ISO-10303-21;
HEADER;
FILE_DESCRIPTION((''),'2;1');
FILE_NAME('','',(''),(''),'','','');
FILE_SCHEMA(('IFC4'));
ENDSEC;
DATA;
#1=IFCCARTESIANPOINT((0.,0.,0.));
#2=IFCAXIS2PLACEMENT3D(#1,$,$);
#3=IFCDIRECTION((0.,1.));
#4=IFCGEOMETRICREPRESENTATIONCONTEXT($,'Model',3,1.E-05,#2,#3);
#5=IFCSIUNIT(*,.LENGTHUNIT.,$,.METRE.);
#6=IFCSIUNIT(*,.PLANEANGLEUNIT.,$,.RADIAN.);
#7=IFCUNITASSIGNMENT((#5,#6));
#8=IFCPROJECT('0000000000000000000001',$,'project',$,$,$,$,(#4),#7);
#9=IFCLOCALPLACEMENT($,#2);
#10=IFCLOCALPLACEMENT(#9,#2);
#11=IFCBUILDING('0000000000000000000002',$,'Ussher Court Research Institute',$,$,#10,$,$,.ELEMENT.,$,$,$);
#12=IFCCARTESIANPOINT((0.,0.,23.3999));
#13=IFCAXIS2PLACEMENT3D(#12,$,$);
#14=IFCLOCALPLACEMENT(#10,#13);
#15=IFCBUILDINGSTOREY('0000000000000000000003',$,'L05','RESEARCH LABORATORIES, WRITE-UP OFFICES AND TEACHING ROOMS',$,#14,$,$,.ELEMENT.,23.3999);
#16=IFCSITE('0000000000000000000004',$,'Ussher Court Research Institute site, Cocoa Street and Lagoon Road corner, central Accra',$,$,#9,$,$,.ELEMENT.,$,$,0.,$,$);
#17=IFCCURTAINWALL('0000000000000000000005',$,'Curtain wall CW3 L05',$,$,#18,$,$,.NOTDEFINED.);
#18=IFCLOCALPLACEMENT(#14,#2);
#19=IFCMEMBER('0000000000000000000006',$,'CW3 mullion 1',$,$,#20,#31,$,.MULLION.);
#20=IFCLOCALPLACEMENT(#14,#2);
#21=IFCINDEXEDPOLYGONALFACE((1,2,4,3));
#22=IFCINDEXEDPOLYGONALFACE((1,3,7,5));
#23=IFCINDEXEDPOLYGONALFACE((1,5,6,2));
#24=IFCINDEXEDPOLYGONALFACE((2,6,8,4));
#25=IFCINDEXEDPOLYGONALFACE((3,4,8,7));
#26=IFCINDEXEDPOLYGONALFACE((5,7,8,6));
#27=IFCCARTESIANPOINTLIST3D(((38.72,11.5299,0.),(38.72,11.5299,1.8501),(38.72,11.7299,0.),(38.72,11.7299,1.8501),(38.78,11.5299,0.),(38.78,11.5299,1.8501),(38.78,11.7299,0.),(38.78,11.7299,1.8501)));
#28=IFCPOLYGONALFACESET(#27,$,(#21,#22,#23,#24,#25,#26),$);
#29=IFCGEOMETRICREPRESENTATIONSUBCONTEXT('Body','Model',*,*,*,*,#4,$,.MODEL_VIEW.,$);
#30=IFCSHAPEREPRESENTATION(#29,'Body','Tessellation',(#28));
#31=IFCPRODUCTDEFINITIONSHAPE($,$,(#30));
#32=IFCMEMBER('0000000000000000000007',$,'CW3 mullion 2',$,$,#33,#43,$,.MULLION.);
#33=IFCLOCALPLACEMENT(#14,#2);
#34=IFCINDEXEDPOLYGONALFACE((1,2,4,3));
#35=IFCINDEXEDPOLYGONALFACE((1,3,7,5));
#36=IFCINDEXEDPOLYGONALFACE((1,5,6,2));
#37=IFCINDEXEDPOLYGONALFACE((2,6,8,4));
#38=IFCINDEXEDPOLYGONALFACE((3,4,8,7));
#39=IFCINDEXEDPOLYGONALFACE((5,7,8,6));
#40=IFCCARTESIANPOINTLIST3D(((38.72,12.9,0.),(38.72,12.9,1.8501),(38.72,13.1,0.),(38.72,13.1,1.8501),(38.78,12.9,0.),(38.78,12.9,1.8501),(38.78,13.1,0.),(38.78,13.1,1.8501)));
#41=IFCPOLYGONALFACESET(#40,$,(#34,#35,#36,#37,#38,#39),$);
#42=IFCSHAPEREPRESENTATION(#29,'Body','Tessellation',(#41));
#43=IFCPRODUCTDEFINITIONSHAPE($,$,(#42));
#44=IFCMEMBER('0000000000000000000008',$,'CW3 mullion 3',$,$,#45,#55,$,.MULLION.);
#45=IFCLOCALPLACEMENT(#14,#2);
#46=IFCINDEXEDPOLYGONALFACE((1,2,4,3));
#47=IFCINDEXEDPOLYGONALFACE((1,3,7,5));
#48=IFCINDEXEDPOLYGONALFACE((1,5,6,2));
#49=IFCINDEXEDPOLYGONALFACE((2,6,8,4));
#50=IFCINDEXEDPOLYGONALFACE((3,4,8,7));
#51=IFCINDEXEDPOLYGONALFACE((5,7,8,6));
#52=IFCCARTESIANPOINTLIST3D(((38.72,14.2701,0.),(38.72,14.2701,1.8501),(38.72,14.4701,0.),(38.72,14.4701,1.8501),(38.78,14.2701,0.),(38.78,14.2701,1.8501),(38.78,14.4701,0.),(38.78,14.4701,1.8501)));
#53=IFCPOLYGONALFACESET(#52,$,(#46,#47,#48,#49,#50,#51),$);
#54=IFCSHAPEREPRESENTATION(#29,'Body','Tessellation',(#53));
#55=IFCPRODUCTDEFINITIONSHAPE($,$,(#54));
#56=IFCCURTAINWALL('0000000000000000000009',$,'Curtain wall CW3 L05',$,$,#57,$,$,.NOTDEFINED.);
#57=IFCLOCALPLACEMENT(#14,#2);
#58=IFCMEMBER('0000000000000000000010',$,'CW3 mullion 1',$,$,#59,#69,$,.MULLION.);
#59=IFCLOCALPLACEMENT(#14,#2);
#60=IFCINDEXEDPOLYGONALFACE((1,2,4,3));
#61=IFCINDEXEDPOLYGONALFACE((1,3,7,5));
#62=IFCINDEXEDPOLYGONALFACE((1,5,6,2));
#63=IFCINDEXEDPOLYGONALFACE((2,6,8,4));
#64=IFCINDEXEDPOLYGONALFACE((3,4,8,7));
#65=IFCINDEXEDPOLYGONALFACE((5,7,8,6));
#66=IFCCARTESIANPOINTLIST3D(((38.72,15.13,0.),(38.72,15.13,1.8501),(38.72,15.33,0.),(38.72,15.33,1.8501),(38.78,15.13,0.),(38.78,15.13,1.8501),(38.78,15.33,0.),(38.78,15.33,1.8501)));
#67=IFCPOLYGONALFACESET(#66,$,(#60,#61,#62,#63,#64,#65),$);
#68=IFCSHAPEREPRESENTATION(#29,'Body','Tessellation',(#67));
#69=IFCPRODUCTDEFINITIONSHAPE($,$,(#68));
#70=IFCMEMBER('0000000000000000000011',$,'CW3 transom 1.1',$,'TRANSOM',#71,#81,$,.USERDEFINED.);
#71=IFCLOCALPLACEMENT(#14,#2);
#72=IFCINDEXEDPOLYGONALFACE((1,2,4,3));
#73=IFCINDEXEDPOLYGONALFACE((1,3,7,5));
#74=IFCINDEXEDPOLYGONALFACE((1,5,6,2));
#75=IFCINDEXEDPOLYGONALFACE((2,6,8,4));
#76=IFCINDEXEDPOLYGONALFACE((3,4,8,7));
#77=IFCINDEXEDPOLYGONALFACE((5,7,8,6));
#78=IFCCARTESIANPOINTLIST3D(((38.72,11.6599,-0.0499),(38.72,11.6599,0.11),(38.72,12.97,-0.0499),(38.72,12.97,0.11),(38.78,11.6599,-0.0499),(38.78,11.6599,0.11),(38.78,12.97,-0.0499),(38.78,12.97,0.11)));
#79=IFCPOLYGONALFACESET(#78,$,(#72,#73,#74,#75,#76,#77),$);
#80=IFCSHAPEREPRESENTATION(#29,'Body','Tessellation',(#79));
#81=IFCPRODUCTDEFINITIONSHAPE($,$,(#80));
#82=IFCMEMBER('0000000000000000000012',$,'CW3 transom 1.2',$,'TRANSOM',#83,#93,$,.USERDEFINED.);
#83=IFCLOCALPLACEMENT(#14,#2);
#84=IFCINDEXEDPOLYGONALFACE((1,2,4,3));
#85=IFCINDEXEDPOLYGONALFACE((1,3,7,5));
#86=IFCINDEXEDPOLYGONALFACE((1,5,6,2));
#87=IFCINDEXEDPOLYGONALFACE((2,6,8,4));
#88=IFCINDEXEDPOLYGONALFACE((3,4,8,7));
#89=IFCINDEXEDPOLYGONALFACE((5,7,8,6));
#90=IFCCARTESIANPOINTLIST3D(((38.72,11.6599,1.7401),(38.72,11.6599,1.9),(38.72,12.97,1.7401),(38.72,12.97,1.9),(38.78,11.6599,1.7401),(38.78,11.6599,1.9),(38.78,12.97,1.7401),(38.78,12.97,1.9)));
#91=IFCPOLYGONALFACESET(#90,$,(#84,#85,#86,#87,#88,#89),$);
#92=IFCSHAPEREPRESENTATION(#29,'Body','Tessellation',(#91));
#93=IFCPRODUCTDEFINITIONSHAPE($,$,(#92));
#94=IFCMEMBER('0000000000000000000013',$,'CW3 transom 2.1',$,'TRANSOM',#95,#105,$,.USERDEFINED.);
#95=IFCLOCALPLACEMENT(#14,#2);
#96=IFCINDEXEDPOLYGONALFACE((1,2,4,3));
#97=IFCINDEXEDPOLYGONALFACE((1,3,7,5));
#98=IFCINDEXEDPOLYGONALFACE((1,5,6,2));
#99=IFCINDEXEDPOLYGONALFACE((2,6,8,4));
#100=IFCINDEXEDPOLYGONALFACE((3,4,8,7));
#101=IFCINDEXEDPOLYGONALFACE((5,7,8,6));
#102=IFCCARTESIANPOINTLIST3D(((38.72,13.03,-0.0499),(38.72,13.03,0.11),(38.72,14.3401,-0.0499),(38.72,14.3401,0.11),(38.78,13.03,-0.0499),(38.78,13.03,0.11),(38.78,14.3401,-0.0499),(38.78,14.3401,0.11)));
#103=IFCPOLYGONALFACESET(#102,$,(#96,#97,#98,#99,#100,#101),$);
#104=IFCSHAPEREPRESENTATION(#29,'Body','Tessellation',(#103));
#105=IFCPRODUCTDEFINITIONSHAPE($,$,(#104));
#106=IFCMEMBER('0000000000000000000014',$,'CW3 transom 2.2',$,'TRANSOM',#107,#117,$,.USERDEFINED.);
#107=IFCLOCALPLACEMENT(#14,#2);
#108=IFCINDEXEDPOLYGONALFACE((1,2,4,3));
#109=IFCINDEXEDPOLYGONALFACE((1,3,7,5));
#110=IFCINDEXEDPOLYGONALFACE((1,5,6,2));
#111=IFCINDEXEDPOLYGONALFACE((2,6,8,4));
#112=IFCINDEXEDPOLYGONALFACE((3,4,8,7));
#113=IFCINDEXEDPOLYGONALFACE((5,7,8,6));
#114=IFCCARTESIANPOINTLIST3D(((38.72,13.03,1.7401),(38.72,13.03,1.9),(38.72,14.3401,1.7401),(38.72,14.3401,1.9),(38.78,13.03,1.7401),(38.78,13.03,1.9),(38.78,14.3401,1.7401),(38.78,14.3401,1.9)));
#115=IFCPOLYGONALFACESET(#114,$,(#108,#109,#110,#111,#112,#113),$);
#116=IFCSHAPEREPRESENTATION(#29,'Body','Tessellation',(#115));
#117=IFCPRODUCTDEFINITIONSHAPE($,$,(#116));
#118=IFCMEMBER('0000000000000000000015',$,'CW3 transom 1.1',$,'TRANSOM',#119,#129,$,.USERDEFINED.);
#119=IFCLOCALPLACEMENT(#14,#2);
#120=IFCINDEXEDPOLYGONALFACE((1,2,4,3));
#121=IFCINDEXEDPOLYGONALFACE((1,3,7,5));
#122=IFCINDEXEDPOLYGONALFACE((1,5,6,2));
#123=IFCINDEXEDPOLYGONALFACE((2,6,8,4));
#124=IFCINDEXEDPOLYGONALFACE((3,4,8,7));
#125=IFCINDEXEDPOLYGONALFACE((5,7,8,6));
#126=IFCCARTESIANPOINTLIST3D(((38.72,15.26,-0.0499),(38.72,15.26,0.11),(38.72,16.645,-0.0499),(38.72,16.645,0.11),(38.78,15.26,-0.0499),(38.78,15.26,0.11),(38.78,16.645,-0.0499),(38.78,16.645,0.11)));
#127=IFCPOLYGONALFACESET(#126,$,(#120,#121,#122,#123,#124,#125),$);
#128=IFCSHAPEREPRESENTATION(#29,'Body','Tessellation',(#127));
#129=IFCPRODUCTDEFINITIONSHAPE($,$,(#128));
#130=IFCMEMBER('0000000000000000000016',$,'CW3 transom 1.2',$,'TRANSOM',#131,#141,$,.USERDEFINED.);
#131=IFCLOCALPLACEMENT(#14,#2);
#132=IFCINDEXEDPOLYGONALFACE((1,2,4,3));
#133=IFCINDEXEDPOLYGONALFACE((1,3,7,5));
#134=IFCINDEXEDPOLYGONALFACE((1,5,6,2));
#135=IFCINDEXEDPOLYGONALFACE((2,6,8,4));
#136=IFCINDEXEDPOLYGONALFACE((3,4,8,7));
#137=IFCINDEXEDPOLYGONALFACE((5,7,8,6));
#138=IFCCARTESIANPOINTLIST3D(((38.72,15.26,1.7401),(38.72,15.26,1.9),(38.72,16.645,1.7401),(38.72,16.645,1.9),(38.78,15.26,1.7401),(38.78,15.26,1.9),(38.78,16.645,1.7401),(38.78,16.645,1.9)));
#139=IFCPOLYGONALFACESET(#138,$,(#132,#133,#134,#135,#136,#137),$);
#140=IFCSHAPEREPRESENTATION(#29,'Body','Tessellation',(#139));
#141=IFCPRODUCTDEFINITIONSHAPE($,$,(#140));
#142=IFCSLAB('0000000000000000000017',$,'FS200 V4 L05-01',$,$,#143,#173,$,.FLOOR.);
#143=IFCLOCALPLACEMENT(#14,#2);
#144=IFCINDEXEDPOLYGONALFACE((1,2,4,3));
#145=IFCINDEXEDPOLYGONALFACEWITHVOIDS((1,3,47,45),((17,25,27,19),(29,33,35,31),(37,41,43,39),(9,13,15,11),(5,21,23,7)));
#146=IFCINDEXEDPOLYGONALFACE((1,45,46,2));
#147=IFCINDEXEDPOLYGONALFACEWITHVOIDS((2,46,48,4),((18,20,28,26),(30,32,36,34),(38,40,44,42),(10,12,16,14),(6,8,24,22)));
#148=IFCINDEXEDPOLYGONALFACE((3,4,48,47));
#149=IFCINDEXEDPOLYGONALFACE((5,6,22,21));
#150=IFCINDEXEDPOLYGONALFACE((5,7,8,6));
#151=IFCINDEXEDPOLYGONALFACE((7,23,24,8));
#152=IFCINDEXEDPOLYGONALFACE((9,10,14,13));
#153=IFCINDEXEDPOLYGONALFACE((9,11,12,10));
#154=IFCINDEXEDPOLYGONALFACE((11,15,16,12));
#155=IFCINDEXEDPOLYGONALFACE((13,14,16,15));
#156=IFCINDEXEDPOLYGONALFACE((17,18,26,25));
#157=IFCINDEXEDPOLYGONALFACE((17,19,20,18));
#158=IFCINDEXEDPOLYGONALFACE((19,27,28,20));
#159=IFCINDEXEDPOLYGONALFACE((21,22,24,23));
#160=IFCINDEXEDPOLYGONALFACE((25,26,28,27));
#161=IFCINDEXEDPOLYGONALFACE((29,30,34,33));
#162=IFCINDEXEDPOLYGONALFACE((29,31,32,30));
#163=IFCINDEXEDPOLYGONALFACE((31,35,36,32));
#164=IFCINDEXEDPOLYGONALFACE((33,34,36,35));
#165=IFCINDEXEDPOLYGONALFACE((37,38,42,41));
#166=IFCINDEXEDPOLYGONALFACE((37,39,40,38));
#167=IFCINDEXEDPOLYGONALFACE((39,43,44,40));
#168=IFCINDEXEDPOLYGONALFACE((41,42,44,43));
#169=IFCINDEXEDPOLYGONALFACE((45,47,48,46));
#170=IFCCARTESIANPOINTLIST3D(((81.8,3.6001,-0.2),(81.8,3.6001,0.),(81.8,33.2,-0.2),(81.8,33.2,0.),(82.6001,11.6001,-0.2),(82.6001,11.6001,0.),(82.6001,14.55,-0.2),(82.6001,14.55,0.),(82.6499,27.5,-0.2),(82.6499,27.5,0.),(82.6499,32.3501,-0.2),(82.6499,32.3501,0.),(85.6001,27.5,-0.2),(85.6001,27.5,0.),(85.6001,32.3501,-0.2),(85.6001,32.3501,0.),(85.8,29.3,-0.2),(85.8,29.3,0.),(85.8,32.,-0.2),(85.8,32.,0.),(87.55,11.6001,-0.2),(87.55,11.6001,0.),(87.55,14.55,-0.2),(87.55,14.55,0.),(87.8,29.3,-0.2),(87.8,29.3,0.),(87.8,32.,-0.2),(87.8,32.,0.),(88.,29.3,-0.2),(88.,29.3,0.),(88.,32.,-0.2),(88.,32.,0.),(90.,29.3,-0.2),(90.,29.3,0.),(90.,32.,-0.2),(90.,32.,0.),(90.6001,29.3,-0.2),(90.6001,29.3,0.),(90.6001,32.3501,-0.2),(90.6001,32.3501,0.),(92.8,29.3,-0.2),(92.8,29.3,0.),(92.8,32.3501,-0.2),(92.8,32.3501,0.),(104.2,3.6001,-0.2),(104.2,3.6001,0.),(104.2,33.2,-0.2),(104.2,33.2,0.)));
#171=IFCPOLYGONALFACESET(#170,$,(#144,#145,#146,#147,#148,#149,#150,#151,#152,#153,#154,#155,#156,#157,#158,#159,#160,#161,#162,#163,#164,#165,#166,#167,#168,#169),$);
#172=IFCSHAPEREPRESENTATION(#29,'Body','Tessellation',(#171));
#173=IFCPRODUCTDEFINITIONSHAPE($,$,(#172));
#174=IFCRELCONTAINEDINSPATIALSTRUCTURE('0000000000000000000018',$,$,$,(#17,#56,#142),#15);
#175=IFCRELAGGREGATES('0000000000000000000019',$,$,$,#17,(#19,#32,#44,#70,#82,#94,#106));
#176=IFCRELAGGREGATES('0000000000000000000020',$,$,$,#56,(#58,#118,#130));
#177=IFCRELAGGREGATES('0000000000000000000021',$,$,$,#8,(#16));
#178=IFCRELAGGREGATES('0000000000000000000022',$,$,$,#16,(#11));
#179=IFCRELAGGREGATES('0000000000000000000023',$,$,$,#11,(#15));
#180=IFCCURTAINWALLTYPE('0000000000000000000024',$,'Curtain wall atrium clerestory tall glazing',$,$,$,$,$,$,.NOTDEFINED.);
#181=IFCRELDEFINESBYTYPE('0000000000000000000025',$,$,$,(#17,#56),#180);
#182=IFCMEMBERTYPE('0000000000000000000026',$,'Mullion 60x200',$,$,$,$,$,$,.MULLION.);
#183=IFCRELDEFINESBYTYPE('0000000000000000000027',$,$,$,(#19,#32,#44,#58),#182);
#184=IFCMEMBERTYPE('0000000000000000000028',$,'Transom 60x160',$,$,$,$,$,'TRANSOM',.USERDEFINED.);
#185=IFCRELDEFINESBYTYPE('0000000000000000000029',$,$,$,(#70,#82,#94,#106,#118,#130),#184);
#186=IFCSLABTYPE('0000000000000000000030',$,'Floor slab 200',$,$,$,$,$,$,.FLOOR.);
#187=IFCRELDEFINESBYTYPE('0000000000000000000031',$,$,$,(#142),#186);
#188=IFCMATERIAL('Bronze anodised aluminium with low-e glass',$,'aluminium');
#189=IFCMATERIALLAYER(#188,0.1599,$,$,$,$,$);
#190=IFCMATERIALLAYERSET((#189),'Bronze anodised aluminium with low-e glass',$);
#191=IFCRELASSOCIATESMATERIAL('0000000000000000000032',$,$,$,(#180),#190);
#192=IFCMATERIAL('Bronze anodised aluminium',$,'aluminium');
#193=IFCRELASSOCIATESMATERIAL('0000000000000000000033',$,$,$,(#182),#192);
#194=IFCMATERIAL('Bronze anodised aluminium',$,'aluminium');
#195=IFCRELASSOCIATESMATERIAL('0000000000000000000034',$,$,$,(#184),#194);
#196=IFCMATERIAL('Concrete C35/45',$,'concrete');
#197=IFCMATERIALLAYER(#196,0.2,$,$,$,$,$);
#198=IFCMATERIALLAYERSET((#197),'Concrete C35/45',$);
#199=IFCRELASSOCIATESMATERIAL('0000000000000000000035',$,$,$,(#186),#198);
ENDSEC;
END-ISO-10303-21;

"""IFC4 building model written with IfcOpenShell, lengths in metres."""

from ifc_helpers import new_model, si_unit, direction, frame, origin, origin_2d, place, context, subcontext, project, spatial, polyline, rectangle, outline, extrude, material, layer, layer_set, material_profile, profile_set, type_object, element, aggregate, save


model = new_model("IFC4")

# Units and contexts
model_context = context("Model", 3, precision=1e-05, world=origin(), true_north=direction((0.0, 1.0)))
body_context = subcontext(model_context, "Body", "Model", "MODEL_VIEW")
ifc_project = project(units=[si_unit("LENGTHUNIT", "METRE"), si_unit("PLANEANGLEUNIT", "RADIAN")], contexts=[model_context])

# Site, building, storey
site_placement = place(None, origin())
site = spatial("IfcSite", under=ifc_project, at=site_placement, Name="Ussher Court Research Institute site, Cocoa Street and Lagoon Road corner, central Accra", CompositionType="ELEMENT", RefElevation=0.0)
building_placement = place(site_placement, origin())
building = spatial("IfcBuilding", under=site, at=building_placement, Name="Ussher Court Research Institute", CompositionType="ELEMENT")
storey_placement = place(building_placement, frame((0.0, 0.0, 23.3999)))
storey = spatial("IfcBuildingStorey", under=building, at=storey_placement, Name="L05", Description="RESEARCH LABORATORIES, WRITE-UP OFFICES AND TEACHING ROOMS", CompositionType="ELEMENT", Elevation=23.3999)

# Curtain wall, members
ifc_material_1 = material(Name="Bronze anodised aluminium with low-e glass", Category="aluminium")
ifc_layer_1 = layer(ifc_material_1, 0.1599)
ifc_layer_set_1 = layer_set([ifc_layer_1], Name="Bronze anodised aluminium with low-e glass")
curtain_wall_type = type_object("IfcCurtainWallType", Name="Curtain wall atrium clerestory tall glazing", PredefinedType="NOTDEFINED", material=ifc_layer_set_1)
curtain_wall_1_placement = place(storey_placement, origin())
curtain_wall_1 = element("IfcCurtainWall", 1, at=curtain_wall_1_placement, inside=storey, type_object=curtain_wall_type, Name="Curtain wall CW3 L05", PredefinedType="NOTDEFINED")
ifc_material_2 = material(Name="Bronze anodised aluminium", Category="aluminium")
ifc_material_profile_1 = material_profile(ifc_material_2, rectangle(XDim=0.0601, YDim=0.2, at=origin_2d()), Name="Mullion 60x200")
ifc_profile_set_1 = profile_set([ifc_material_profile_1], Name="Bronze anodised aluminium")
member_type_1 = type_object("IfcMemberType", Name="Mullion 60x200", PredefinedType="MULLION", material=ifc_profile_set_1)
member_1_placement = place(storey_placement, frame((38.75, 11.6299, 0.0), z_axis=(0.0, 0.0, 1.0), x_axis=(-1.0, 0.0, 0.0)))
member_1 = element("IfcMember", 2, at=member_1_placement, type_object=member_type_1, Name="CW3 mullion 1", PredefinedType="MULLION", context=body_context, shape_type="SweptSolid", body=[
    extrude(rectangle(XDim=0.0601, YDim=0.2, at=origin_2d()), origin(), (0.0, 0.0, 1.0), 1.8501),
])
member_2_placement = place(storey_placement, frame((38.75, 13.0, 0.0), z_axis=(0.0, 0.0, 1.0), x_axis=(-1.0, 0.0, 0.0)))
member_2 = element("IfcMember", 3, at=member_2_placement, type_object=member_type_1, Name="CW3 mullion 2", PredefinedType="MULLION", context=body_context, shape_type="SweptSolid", body=[
    extrude(rectangle(XDim=0.0601, YDim=0.2, at=origin_2d()), origin(), (0.0, 0.0, 1.0), 1.8501),
])
member_3_placement = place(storey_placement, frame((38.75, 14.3701, 0.0), z_axis=(0.0, 0.0, 1.0), x_axis=(-1.0, 0.0, 0.0)))
member_3 = element("IfcMember", 4, at=member_3_placement, type_object=member_type_1, Name="CW3 mullion 3", PredefinedType="MULLION", context=body_context, shape_type="SweptSolid", body=[
    extrude(rectangle(XDim=0.0601, YDim=0.2, at=origin_2d()), origin(), (0.0, 0.0, 1.0), 1.8501),
])

# Curtain wall, member
curtain_wall_2_placement = place(storey_placement, origin())
curtain_wall_2 = element("IfcCurtainWall", 5, at=curtain_wall_2_placement, inside=storey, type_object=curtain_wall_type, Name="Curtain wall CW3 L05", PredefinedType="NOTDEFINED")
member_4_placement = place(storey_placement, frame((38.75, 15.23, 0.0), z_axis=(0.0, 0.0, 1.0), x_axis=(-1.0, 0.0, 0.0)))
member_4 = element("IfcMember", 6, at=member_4_placement, type_object=member_type_1, Name="CW3 mullion 1", PredefinedType="MULLION", context=body_context, shape_type="SweptSolid", body=[
    extrude(rectangle(XDim=0.0601, YDim=0.2, at=origin_2d()), origin(), (0.0, 0.0, 1.0), 1.8501),
])

# Members
ifc_material_3 = material(Name="Bronze anodised aluminium", Category="aluminium")
ifc_material_profile_2 = material_profile(ifc_material_3, rectangle(XDim=0.0601, YDim=0.1599, at=origin_2d()), Name="Transom 60x160")
ifc_profile_set_2 = profile_set([ifc_material_profile_2], Name="Bronze anodised aluminium")
member_type_2 = type_object("IfcMemberType", Name="Transom 60x160", ElementType="TRANSOM", PredefinedType="USERDEFINED", material=ifc_profile_set_2)
member_5_placement = place(storey_placement, frame((38.75, 11.6599, 0.03), z_axis=(0.0, 1.0, 0.0), x_axis=(-1.0, 0.0, 0.0)))
member_5 = element("IfcMember", 7, at=member_5_placement, type_object=member_type_2, Name="CW3 transom 1.1", ObjectType="TRANSOM", PredefinedType="USERDEFINED", context=body_context, shape_type="SweptSolid", body=[
    extrude(rectangle(XDim=0.0601, YDim=0.1599, at=origin_2d()), origin(), (0.0, 0.0, 1.0), 1.3101),
])
member_6_placement = place(storey_placement, frame((38.75, 11.6599, 1.8201), z_axis=(0.0, 1.0, 0.0), x_axis=(-1.0, 0.0, 0.0)))
member_6 = element("IfcMember", 8, at=member_6_placement, type_object=member_type_2, Name="CW3 transom 1.2", ObjectType="TRANSOM", PredefinedType="USERDEFINED", context=body_context, shape_type="SweptSolid", body=[
    extrude(rectangle(XDim=0.0601, YDim=0.1599, at=origin_2d()), origin(), (0.0, 0.0, 1.0), 1.3101),
])
member_7_placement = place(storey_placement, frame((38.75, 13.03, 0.03), z_axis=(0.0, 1.0, 0.0), x_axis=(-1.0, 0.0, 0.0)))
member_7 = element("IfcMember", 9, at=member_7_placement, type_object=member_type_2, Name="CW3 transom 2.1", ObjectType="TRANSOM", PredefinedType="USERDEFINED", context=body_context, shape_type="SweptSolid", body=[
    extrude(rectangle(XDim=0.0601, YDim=0.1599, at=origin_2d()), origin(), (0.0, 0.0, 1.0), 1.3101),
])
member_8_placement = place(storey_placement, frame((38.75, 13.03, 1.8201), z_axis=(0.0, 1.0, 0.0), x_axis=(-1.0, 0.0, 0.0)))
member_8 = element("IfcMember", 10, at=member_8_placement, type_object=member_type_2, Name="CW3 transom 2.2", ObjectType="TRANSOM", PredefinedType="USERDEFINED", context=body_context, shape_type="SweptSolid", body=[
    extrude(rectangle(XDim=0.0601, YDim=0.1599, at=origin_2d()), origin(), (0.0, 0.0, 1.0), 1.3101),
])
member_9_placement = place(storey_placement, frame((38.75, 15.26, 0.03), z_axis=(0.0, 1.0, 0.0), x_axis=(-1.0, 0.0, 0.0)))
member_9 = element("IfcMember", 11, at=member_9_placement, type_object=member_type_2, Name="CW3 transom 1.1", ObjectType="TRANSOM", PredefinedType="USERDEFINED", context=body_context, shape_type="SweptSolid", body=[
    extrude(rectangle(XDim=0.0601, YDim=0.1599, at=origin_2d()), origin(), (0.0, 0.0, 1.0), 1.385),
])
member_10_placement = place(storey_placement, frame((38.75, 15.26, 1.8201), z_axis=(0.0, 1.0, 0.0), x_axis=(-1.0, 0.0, 0.0)))
member_10 = element("IfcMember", 12, at=member_10_placement, type_object=member_type_2, Name="CW3 transom 1.2", ObjectType="TRANSOM", PredefinedType="USERDEFINED", context=body_context, shape_type="SweptSolid", body=[
    extrude(rectangle(XDim=0.0601, YDim=0.1599, at=origin_2d()), origin(), (0.0, 0.0, 1.0), 1.385),
])

# Slab
ifc_material_4 = material(Name="Concrete C35/45", Category="concrete")
ifc_layer_2 = layer(ifc_material_4, 0.2)
ifc_layer_set_2 = layer_set([ifc_layer_2], Name="Concrete C35/45")
slab_type_1 = type_object("IfcSlabType", Name="Floor slab 200", PredefinedType="FLOOR", material=ifc_layer_set_2)
slab_1_placement = place(storey_placement, frame((0.0, 0.0, -0.2)))
element("IfcSlab", 13, at=slab_1_placement, inside=storey, type_object=slab_type_1, Name="FS200 V4 L05-01", PredefinedType="FLOOR", context=body_context, shape_type="SweptSolid", body=[
    extrude(outline(polyline([(81.8, 33.2), (81.8, 3.6001), (104.2, 3.6001), (104.2, 33.2), (81.8, 33.2)]), holes=[polyline([(87.55, 14.55), (87.55, 11.6001), (82.6001, 11.6001), (82.6001, 14.55), (87.55, 14.55)]), polyline([(82.6499, 27.5), (82.6499, 32.3501), (85.6001, 32.3501), (85.6001, 27.5), (82.6499, 27.5)]), polyline([(87.8, 29.3), (85.8, 29.3), (85.8, 32.0), (87.8, 32.0), (87.8, 29.3)]), polyline([(90.0, 32.0), (90.0, 29.3), (88.0, 29.3), (88.0, 32.0), (90.0, 32.0)]), polyline([(92.8, 29.3), (90.6001, 29.3), (90.6001, 32.3501), (92.8, 32.3501), (92.8, 29.3)])]), origin(), (0.0, 0.0, 1.0), 0.2),
])

aggregate(curtain_wall_1, [member_1, member_2, member_3, member_5, member_6, member_7, member_8])
aggregate(curtain_wall_2, [member_4, member_9, member_10])

save(model, "model.ifc")
